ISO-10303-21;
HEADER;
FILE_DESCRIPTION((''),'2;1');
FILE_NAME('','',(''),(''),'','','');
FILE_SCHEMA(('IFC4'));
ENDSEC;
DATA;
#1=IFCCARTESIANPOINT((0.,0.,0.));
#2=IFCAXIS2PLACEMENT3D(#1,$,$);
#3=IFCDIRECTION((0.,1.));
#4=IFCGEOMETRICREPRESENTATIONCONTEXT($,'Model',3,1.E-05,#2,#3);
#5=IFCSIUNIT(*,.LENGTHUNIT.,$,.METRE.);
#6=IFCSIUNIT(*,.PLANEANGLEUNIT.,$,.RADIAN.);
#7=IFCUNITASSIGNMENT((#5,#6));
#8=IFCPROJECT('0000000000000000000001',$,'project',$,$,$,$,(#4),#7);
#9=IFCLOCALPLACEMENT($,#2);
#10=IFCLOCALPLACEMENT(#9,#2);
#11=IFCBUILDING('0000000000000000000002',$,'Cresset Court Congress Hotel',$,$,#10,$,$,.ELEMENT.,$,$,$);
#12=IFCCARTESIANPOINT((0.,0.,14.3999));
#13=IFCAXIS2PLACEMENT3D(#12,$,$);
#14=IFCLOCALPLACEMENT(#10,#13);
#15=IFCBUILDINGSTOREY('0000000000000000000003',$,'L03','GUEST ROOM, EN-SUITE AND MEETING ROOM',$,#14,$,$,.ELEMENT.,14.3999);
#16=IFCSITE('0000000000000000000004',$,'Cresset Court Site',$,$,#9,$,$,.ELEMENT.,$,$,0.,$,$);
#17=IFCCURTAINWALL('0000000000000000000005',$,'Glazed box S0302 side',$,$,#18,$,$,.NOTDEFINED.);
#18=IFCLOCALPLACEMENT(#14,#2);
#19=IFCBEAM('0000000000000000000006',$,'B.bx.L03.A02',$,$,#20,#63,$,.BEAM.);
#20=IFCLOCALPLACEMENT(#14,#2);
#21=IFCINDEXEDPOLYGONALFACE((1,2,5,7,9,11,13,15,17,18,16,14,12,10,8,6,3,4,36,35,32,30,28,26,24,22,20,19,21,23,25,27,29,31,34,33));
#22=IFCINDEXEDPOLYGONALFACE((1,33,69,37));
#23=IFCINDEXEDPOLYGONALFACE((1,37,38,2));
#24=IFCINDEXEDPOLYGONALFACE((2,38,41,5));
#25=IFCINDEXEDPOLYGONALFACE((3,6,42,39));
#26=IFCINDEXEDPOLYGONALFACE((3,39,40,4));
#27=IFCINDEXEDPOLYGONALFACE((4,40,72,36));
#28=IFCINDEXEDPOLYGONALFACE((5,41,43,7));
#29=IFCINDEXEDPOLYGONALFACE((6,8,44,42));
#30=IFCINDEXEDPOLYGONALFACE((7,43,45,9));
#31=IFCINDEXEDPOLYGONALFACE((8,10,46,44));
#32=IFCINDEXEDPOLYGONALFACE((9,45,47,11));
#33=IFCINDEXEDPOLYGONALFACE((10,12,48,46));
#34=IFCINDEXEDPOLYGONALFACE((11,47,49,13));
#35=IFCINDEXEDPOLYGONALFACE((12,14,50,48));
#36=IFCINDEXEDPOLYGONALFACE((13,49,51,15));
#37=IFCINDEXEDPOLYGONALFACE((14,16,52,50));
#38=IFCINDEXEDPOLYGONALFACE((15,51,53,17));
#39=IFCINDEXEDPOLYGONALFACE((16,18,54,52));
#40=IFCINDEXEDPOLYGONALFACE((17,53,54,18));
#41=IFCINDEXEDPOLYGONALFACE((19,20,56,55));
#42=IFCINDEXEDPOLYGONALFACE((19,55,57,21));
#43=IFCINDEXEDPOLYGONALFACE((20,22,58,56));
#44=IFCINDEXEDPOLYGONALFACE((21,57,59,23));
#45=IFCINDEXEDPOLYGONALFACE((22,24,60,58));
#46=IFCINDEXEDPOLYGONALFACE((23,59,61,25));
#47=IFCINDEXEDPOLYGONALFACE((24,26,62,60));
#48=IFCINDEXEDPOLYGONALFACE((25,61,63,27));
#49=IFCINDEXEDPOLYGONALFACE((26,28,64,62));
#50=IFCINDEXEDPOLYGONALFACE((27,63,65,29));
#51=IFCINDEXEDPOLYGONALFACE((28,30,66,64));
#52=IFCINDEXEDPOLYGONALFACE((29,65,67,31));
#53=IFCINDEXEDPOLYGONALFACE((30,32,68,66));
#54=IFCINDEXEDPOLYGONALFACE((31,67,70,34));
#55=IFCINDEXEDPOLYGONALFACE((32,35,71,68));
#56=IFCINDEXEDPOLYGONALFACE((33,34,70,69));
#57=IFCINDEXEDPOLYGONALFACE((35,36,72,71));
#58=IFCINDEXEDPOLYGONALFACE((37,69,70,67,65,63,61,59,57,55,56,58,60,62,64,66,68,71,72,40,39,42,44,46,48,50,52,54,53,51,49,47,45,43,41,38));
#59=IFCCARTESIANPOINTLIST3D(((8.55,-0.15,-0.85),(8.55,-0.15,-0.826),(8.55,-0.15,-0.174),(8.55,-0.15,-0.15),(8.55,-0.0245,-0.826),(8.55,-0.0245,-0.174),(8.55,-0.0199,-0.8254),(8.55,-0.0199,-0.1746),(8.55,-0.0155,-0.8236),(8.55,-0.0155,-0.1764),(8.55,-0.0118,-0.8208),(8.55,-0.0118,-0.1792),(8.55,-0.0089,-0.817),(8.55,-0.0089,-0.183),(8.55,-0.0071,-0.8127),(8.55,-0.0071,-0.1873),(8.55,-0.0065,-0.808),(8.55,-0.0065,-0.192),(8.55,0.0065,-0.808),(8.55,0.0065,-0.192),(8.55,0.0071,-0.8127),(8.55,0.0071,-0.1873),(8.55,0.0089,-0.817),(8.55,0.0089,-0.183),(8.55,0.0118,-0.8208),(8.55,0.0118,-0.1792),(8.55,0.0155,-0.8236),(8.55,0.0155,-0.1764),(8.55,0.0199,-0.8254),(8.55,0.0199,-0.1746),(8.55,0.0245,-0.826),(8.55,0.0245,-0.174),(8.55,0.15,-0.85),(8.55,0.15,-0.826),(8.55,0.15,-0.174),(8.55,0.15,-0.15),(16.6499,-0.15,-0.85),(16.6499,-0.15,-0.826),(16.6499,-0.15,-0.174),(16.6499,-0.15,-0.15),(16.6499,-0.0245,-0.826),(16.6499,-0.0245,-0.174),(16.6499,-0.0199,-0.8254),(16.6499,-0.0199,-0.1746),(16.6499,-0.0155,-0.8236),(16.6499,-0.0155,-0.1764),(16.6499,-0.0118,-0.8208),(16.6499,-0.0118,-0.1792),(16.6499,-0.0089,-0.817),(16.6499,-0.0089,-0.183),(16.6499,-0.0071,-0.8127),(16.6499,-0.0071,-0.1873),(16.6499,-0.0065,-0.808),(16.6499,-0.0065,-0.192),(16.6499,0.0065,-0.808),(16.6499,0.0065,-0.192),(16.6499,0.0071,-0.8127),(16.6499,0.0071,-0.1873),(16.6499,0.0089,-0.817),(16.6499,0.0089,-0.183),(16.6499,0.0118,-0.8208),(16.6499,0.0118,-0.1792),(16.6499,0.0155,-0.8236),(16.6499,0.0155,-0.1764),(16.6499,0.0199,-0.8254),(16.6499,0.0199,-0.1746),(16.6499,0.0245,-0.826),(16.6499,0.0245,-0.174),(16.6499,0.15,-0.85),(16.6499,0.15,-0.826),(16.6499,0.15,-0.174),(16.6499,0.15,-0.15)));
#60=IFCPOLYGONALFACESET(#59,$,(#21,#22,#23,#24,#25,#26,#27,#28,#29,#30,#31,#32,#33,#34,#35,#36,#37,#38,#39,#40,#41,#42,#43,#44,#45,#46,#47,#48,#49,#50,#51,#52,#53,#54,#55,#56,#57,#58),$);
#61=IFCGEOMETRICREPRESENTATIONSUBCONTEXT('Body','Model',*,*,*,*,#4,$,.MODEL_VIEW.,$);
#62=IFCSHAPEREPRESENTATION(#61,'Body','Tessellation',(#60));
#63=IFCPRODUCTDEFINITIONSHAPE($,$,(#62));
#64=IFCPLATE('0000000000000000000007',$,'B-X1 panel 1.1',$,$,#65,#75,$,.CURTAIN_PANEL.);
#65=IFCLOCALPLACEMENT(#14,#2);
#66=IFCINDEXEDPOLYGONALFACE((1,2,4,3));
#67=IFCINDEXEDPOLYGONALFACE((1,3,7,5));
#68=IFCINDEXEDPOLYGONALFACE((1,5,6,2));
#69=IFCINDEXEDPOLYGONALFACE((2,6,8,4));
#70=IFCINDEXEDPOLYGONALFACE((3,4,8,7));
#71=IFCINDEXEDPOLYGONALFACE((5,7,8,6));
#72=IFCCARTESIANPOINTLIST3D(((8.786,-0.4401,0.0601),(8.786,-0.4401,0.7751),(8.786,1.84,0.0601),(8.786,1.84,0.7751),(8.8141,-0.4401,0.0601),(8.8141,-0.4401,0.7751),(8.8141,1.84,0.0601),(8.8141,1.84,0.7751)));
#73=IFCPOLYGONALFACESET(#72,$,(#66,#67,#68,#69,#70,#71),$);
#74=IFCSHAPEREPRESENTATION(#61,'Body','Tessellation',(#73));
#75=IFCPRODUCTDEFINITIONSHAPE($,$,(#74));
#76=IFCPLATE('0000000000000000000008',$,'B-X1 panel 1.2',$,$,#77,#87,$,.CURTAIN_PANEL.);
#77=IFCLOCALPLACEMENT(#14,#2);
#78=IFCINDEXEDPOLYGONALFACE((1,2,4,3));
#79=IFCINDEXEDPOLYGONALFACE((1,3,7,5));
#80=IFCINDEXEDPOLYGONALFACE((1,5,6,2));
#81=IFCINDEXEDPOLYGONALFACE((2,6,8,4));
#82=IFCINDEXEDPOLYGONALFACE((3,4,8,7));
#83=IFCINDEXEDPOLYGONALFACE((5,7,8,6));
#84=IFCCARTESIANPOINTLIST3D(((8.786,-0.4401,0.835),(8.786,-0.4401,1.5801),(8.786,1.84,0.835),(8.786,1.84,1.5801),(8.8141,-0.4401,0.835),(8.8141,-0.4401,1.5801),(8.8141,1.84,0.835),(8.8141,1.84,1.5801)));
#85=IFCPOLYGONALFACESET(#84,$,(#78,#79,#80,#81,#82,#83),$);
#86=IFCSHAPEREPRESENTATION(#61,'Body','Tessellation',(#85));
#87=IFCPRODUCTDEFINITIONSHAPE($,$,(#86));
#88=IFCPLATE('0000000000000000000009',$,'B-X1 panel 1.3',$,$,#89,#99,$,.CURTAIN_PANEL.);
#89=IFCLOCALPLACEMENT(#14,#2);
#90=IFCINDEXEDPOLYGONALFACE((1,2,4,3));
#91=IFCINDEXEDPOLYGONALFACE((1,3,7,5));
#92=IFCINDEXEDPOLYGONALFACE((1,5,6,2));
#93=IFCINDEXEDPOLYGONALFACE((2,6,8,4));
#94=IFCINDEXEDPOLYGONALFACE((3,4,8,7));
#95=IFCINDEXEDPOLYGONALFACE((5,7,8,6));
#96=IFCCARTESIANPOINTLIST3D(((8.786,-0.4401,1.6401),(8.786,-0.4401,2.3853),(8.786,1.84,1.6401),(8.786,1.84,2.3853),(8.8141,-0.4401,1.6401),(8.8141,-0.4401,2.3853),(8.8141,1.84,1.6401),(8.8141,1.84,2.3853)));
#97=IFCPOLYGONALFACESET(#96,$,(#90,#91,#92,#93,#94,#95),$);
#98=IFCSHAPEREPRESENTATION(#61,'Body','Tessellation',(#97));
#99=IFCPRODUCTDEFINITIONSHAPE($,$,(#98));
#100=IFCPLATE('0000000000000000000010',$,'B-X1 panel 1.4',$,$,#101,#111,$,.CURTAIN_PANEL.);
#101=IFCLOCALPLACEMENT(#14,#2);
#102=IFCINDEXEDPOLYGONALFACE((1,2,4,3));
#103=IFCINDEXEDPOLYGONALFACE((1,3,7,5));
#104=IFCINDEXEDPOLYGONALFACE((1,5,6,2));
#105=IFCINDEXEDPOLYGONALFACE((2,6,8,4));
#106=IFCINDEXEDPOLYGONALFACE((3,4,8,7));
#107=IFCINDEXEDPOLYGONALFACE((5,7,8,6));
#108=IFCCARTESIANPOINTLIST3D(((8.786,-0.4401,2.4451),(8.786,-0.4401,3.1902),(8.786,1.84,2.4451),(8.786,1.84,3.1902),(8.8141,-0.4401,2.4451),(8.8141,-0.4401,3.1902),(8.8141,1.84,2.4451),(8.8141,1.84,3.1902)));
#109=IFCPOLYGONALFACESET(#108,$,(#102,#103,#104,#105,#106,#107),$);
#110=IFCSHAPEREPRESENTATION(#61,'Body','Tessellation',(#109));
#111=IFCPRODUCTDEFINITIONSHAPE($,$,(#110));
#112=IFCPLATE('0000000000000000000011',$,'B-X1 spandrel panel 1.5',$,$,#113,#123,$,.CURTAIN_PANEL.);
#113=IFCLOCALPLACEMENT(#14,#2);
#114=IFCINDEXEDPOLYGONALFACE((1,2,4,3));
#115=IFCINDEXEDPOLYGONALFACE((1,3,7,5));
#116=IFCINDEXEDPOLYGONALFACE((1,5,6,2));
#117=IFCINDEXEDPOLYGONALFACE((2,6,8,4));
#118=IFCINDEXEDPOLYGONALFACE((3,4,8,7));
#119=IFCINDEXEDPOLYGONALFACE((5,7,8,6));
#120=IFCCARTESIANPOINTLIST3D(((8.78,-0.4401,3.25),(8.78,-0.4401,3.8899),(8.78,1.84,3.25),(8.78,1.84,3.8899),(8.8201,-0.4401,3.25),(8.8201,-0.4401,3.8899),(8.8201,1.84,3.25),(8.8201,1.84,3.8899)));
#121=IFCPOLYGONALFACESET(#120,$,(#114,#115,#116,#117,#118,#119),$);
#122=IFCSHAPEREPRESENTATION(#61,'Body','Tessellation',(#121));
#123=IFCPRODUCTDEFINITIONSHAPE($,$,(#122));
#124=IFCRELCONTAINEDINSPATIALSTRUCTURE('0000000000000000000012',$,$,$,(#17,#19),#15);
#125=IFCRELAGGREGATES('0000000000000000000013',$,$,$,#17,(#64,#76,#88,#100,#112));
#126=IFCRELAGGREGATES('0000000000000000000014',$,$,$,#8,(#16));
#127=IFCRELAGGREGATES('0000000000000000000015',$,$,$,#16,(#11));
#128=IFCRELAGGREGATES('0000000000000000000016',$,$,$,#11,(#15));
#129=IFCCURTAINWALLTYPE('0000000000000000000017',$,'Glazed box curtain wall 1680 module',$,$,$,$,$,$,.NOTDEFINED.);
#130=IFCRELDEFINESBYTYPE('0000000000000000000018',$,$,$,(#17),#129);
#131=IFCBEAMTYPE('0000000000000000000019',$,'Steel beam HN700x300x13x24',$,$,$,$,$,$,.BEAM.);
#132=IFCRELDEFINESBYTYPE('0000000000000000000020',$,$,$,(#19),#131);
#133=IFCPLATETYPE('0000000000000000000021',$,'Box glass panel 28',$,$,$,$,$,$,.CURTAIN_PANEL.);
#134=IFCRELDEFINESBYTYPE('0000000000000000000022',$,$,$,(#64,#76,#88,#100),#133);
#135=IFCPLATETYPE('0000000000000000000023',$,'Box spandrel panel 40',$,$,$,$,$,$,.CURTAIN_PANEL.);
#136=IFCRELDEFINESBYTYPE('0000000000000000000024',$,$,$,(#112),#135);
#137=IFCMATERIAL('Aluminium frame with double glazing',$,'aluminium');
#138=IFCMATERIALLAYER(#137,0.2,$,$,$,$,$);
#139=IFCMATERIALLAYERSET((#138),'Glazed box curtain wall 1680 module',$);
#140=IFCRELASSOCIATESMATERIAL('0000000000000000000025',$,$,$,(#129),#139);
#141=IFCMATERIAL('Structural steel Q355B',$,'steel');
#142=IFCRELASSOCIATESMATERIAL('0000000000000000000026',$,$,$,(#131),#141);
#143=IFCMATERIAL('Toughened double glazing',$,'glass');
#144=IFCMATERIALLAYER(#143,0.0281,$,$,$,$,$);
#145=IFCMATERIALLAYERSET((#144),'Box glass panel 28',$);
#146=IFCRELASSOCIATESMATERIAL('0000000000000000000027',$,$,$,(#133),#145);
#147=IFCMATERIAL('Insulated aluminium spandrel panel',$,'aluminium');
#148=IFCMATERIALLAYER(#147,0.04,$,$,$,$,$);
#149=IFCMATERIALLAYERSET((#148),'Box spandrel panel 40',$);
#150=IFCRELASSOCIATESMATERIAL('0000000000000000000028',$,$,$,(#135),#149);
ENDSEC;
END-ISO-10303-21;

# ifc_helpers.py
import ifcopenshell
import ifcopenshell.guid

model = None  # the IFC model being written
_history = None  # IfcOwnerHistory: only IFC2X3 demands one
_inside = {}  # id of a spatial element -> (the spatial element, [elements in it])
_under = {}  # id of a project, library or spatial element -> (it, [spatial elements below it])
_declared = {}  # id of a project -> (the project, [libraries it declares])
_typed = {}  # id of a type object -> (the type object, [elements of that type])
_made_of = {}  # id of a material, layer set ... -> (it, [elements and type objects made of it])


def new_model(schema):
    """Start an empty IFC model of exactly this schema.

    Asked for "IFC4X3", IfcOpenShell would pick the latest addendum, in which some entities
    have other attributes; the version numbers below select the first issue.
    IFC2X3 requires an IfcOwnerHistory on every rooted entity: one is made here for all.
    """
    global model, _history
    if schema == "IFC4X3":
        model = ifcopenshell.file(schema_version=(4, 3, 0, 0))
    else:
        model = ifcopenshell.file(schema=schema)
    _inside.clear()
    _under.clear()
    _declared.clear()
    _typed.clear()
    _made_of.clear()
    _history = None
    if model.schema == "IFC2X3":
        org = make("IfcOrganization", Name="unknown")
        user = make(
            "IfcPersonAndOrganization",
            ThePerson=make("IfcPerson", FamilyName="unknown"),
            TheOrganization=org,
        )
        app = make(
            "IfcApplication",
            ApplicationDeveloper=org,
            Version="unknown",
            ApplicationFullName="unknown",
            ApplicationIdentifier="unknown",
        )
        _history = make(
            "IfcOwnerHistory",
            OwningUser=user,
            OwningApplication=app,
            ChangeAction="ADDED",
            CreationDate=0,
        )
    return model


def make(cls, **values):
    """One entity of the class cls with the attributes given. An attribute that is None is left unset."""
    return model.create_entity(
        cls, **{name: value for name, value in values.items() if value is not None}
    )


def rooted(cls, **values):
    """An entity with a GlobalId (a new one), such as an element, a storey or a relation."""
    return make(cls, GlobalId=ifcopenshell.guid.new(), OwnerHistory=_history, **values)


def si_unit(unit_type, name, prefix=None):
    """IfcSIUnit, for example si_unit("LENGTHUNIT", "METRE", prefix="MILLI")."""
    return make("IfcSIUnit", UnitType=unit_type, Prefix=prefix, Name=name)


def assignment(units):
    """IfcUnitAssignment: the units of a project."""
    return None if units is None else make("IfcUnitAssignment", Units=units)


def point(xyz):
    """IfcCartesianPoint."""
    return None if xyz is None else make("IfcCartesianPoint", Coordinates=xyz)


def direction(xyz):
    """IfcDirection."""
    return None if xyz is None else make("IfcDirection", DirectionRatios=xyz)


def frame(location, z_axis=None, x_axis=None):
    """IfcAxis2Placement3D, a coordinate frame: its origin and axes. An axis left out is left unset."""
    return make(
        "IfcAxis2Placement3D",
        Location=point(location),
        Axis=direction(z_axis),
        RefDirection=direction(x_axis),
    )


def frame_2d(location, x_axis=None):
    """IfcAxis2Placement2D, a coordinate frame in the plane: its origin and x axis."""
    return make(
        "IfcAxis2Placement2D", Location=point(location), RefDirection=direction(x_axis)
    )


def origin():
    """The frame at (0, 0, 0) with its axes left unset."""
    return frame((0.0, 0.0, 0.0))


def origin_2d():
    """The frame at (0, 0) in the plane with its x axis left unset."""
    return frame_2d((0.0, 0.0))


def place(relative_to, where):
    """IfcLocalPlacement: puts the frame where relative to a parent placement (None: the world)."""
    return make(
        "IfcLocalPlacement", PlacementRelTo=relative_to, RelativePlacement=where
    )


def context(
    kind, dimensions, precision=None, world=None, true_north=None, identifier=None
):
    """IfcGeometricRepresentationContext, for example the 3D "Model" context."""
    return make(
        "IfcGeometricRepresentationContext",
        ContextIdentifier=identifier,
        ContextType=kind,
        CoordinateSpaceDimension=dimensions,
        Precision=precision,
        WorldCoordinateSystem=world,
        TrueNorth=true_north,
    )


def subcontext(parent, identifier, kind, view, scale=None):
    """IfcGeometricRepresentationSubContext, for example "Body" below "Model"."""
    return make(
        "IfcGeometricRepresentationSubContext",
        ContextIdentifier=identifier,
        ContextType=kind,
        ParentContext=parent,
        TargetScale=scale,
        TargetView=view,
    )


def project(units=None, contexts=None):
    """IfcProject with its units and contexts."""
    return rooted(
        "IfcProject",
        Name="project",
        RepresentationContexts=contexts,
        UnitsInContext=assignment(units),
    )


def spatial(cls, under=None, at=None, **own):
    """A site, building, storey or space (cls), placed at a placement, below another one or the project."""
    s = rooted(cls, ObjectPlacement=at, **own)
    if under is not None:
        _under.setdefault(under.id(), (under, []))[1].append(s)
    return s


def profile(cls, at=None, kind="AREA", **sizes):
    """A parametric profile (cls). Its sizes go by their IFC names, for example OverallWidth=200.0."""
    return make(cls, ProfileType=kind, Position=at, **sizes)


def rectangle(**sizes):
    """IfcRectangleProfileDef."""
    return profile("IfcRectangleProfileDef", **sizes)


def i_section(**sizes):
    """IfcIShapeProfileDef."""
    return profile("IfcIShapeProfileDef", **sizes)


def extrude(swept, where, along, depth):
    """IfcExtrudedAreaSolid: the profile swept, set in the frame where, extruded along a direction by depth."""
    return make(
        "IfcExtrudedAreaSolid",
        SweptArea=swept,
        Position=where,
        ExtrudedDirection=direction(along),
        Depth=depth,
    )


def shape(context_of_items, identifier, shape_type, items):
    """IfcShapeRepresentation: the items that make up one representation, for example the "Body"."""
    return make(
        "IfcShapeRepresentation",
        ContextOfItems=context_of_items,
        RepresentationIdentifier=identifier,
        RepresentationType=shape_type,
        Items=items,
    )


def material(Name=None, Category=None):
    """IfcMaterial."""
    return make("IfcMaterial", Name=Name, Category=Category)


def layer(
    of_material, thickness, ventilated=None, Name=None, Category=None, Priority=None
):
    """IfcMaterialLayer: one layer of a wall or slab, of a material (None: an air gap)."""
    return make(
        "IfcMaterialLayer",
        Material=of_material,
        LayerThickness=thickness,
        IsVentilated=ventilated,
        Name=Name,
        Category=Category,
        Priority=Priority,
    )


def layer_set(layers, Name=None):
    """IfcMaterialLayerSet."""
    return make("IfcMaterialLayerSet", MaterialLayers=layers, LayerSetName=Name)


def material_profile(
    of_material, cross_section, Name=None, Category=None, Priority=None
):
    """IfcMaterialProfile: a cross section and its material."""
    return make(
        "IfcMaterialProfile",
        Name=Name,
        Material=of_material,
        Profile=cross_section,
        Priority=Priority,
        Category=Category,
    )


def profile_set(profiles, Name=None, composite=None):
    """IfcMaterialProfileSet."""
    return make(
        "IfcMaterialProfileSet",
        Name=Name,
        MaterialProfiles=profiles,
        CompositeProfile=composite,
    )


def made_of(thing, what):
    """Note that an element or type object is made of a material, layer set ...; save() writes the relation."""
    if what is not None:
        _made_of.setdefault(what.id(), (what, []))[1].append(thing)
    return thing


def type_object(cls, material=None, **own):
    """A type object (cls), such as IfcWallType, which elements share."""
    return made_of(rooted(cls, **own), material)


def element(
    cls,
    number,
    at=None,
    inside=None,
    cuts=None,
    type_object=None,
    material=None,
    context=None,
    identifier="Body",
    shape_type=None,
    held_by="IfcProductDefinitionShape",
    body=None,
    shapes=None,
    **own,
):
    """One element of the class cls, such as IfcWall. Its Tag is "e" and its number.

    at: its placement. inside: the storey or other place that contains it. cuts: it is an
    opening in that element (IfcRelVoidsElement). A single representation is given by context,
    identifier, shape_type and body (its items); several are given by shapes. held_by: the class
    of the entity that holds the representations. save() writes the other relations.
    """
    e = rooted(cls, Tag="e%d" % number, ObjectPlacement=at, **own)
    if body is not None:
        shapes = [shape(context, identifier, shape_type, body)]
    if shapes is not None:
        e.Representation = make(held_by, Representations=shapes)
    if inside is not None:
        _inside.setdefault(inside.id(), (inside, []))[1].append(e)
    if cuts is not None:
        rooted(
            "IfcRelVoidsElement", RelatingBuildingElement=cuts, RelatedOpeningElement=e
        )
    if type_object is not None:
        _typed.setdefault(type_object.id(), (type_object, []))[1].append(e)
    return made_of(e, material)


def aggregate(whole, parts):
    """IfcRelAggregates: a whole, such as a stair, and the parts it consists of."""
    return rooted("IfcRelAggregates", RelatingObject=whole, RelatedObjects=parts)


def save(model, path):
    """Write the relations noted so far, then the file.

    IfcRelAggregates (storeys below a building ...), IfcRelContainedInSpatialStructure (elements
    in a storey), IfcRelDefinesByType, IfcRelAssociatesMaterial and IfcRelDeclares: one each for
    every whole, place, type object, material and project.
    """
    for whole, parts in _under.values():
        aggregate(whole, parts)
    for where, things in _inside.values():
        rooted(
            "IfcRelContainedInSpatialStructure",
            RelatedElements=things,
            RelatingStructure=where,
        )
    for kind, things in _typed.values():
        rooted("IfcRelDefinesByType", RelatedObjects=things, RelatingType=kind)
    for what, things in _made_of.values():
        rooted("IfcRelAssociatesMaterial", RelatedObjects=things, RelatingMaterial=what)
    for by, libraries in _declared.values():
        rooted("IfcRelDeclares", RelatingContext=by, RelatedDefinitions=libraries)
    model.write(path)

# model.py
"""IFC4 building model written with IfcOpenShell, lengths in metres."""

from ifc_helpers import new_model, si_unit, direction, frame, origin, origin_2d, place, context, subcontext, project, spatial, rectangle, i_section, extrude, material, layer, layer_set, material_profile, profile_set, type_object, element, aggregate, save


model = new_model("IFC4")

# Units and contexts
model_context = context("Model", 3, precision=1e-05, world=origin(), true_north=direction((0.0, 1.0)))
body_context = subcontext(model_context, "Body", "Model", "MODEL_VIEW")
ifc_project = project(units=[si_unit("LENGTHUNIT", "METRE"), si_unit("PLANEANGLEUNIT", "RADIAN")], contexts=[model_context])

# Site, building, storey
site_placement = place(None, origin())
site = spatial("IfcSite", under=ifc_project, at=site_placement, Name="Cresset Court Site", CompositionType="ELEMENT", RefElevation=0.0)
building_placement = place(site_placement, origin())
building = spatial("IfcBuilding", under=site, at=building_placement, Name="Cresset Court Congress Hotel", CompositionType="ELEMENT")
storey_placement = place(building_placement, frame((0.0, 0.0, 14.3999)))
storey = spatial("IfcBuildingStorey", under=building, at=storey_placement, Name="L03", Description="GUEST ROOM, EN-SUITE AND MEETING ROOM", CompositionType="ELEMENT", Elevation=14.3999)

# Shared definitions
ifc_material_1 = material(Name="Aluminium frame with double glazing", Category="aluminium")
ifc_layer_1 = layer(ifc_material_1, 0.2)
ifc_layer_set_1 = layer_set([ifc_layer_1], Name="Glazed box curtain wall 1680 module")
curtain_wall_type = type_object("IfcCurtainWallType", Name="Glazed box curtain wall 1680 module", PredefinedType="NOTDEFINED", material=ifc_layer_set_1)

# Curtain wall
curtain_wall_1_placement = place(storey_placement, origin())
curtain_wall_1 = element("IfcCurtainWall", 1, at=curtain_wall_1_placement, inside=storey, type_object=curtain_wall_type, Name="Glazed box S0302 side", PredefinedType="NOTDEFINED")

# Beam
ifc_material_2 = material(Name="Structural steel Q355B", Category="steel")
ifc_material_profile_1 = material_profile(ifc_material_2, i_section(OverallWidth=0.3, OverallDepth=0.7, WebThickness=0.0129, FlangeThickness=0.0239, FilletRadius=0.0181, at=origin_2d()), Name="HN700x300x13x24")
ifc_profile_set_1 = profile_set([ifc_material_profile_1], Name="Structural steel Q355B")
beam_type = type_object("IfcBeamType", Name="Steel beam HN700x300x13x24", PredefinedType="BEAM", material=ifc_profile_set_1)
beam_placement = place(storey_placement, frame((8.55, 0.0, -0.5), z_axis=(1.0, 0.0, 0.0), x_axis=(0.0, 1.0, 0.0)))
element("IfcBeam", 2, at=beam_placement, inside=storey, type_object=beam_type, Name="B.bx.L03.A02", PredefinedType="BEAM", context=body_context, shape_type="SweptSolid", body=[
    extrude(i_section(OverallWidth=0.3, OverallDepth=0.7, WebThickness=0.0129, FlangeThickness=0.0239, FilletRadius=0.0181, at=origin_2d()), origin(), (0.0, 0.0, 1.0), 8.0999),
])

# Plates
ifc_material_3 = material(Name="Toughened double glazing", Category="glass")
ifc_layer_2 = layer(ifc_material_3, 0.0281)
ifc_layer_set_2 = layer_set([ifc_layer_2], Name="Box glass panel 28")
plate_type_1 = type_object("IfcPlateType", Name="Box glass panel 28", PredefinedType="CURTAIN_PANEL", material=ifc_layer_set_2)
plate_1_placement = place(storey_placement, frame((8.8, 0.7, 0.0601), z_axis=(0.0, 0.0, 1.0), x_axis=(0.0, 1.0, 0.0)))
plate_1 = element("IfcPlate", 3, at=plate_1_placement, type_object=plate_type_1, Name="B-X1 panel 1.1", PredefinedType="CURTAIN_PANEL", context=body_context, shape_type="SweptSolid", body=[
    extrude(rectangle(XDim=2.28, YDim=0.0281, at=origin_2d()), origin(), (0.0, 0.0, 1.0), 0.7151),
])
plate_2_placement = place(storey_placement, frame((8.8, 0.7, 0.835), z_axis=(0.0, 0.0, 1.0), x_axis=(0.0, 1.0, 0.0)))
plate_2 = element("IfcPlate", 4, at=plate_2_placement, type_object=plate_type_1, Name="B-X1 panel 1.2", PredefinedType="CURTAIN_PANEL", context=body_context, shape_type="SweptSolid", body=[
    extrude(rectangle(XDim=2.28, YDim=0.0281, at=origin_2d()), origin(), (0.0, 0.0, 1.0), 0.7451),
])
plate_3_placement = place(storey_placement, frame((8.8, 0.7, 1.6401), z_axis=(0.0, 0.0, 1.0), x_axis=(0.0, 1.0, 0.0)))
plate_3 = element("IfcPlate", 5, at=plate_3_placement, type_object=plate_type_1, Name="B-X1 panel 1.3", PredefinedType="CURTAIN_PANEL", context=body_context, shape_type="SweptSolid", body=[
    extrude(rectangle(XDim=2.28, YDim=0.0281, at=origin_2d()), origin(), (0.0, 0.0, 1.0), 0.7451),
])
plate_4_placement = place(storey_placement, frame((8.8, 0.7, 2.4451), z_axis=(0.0, 0.0, 1.0), x_axis=(0.0, 1.0, 0.0)))
plate_4 = element("IfcPlate", 6, at=plate_4_placement, type_object=plate_type_1, Name="B-X1 panel 1.4", PredefinedType="CURTAIN_PANEL", context=body_context, shape_type="SweptSolid", body=[
    extrude(rectangle(XDim=2.28, YDim=0.0281, at=origin_2d()), origin(), (0.0, 0.0, 1.0), 0.7451),
])
ifc_material_4 = material(Name="Insulated aluminium spandrel panel", Category="aluminium")
ifc_layer_3 = layer(ifc_material_4, 0.04)
ifc_layer_set_3 = layer_set([ifc_layer_3], Name="Box spandrel panel 40")
plate_type_2 = type_object("IfcPlateType", Name="Box spandrel panel 40", PredefinedType="CURTAIN_PANEL", material=ifc_layer_set_3)
plate_5_placement = place(storey_placement, frame((8.8, 0.7, 3.25), z_axis=(0.0, 0.0, 1.0), x_axis=(0.0, 1.0, 0.0)))
plate_5 = element("IfcPlate", 7, at=plate_5_placement, type_object=plate_type_2, Name="B-X1 spandrel panel 1.5", PredefinedType="CURTAIN_PANEL", context=body_context, shape_type="SweptSolid", body=[
    extrude(rectangle(XDim=2.28, YDim=0.04, at=origin_2d()), origin(), (0.0, 0.0, 1.0), 0.6399),
])
aggregate(curtain_wall_1, [plate_1, plate_2, plate_3, plate_4, plate_5])

save(model, "model.ifc")
